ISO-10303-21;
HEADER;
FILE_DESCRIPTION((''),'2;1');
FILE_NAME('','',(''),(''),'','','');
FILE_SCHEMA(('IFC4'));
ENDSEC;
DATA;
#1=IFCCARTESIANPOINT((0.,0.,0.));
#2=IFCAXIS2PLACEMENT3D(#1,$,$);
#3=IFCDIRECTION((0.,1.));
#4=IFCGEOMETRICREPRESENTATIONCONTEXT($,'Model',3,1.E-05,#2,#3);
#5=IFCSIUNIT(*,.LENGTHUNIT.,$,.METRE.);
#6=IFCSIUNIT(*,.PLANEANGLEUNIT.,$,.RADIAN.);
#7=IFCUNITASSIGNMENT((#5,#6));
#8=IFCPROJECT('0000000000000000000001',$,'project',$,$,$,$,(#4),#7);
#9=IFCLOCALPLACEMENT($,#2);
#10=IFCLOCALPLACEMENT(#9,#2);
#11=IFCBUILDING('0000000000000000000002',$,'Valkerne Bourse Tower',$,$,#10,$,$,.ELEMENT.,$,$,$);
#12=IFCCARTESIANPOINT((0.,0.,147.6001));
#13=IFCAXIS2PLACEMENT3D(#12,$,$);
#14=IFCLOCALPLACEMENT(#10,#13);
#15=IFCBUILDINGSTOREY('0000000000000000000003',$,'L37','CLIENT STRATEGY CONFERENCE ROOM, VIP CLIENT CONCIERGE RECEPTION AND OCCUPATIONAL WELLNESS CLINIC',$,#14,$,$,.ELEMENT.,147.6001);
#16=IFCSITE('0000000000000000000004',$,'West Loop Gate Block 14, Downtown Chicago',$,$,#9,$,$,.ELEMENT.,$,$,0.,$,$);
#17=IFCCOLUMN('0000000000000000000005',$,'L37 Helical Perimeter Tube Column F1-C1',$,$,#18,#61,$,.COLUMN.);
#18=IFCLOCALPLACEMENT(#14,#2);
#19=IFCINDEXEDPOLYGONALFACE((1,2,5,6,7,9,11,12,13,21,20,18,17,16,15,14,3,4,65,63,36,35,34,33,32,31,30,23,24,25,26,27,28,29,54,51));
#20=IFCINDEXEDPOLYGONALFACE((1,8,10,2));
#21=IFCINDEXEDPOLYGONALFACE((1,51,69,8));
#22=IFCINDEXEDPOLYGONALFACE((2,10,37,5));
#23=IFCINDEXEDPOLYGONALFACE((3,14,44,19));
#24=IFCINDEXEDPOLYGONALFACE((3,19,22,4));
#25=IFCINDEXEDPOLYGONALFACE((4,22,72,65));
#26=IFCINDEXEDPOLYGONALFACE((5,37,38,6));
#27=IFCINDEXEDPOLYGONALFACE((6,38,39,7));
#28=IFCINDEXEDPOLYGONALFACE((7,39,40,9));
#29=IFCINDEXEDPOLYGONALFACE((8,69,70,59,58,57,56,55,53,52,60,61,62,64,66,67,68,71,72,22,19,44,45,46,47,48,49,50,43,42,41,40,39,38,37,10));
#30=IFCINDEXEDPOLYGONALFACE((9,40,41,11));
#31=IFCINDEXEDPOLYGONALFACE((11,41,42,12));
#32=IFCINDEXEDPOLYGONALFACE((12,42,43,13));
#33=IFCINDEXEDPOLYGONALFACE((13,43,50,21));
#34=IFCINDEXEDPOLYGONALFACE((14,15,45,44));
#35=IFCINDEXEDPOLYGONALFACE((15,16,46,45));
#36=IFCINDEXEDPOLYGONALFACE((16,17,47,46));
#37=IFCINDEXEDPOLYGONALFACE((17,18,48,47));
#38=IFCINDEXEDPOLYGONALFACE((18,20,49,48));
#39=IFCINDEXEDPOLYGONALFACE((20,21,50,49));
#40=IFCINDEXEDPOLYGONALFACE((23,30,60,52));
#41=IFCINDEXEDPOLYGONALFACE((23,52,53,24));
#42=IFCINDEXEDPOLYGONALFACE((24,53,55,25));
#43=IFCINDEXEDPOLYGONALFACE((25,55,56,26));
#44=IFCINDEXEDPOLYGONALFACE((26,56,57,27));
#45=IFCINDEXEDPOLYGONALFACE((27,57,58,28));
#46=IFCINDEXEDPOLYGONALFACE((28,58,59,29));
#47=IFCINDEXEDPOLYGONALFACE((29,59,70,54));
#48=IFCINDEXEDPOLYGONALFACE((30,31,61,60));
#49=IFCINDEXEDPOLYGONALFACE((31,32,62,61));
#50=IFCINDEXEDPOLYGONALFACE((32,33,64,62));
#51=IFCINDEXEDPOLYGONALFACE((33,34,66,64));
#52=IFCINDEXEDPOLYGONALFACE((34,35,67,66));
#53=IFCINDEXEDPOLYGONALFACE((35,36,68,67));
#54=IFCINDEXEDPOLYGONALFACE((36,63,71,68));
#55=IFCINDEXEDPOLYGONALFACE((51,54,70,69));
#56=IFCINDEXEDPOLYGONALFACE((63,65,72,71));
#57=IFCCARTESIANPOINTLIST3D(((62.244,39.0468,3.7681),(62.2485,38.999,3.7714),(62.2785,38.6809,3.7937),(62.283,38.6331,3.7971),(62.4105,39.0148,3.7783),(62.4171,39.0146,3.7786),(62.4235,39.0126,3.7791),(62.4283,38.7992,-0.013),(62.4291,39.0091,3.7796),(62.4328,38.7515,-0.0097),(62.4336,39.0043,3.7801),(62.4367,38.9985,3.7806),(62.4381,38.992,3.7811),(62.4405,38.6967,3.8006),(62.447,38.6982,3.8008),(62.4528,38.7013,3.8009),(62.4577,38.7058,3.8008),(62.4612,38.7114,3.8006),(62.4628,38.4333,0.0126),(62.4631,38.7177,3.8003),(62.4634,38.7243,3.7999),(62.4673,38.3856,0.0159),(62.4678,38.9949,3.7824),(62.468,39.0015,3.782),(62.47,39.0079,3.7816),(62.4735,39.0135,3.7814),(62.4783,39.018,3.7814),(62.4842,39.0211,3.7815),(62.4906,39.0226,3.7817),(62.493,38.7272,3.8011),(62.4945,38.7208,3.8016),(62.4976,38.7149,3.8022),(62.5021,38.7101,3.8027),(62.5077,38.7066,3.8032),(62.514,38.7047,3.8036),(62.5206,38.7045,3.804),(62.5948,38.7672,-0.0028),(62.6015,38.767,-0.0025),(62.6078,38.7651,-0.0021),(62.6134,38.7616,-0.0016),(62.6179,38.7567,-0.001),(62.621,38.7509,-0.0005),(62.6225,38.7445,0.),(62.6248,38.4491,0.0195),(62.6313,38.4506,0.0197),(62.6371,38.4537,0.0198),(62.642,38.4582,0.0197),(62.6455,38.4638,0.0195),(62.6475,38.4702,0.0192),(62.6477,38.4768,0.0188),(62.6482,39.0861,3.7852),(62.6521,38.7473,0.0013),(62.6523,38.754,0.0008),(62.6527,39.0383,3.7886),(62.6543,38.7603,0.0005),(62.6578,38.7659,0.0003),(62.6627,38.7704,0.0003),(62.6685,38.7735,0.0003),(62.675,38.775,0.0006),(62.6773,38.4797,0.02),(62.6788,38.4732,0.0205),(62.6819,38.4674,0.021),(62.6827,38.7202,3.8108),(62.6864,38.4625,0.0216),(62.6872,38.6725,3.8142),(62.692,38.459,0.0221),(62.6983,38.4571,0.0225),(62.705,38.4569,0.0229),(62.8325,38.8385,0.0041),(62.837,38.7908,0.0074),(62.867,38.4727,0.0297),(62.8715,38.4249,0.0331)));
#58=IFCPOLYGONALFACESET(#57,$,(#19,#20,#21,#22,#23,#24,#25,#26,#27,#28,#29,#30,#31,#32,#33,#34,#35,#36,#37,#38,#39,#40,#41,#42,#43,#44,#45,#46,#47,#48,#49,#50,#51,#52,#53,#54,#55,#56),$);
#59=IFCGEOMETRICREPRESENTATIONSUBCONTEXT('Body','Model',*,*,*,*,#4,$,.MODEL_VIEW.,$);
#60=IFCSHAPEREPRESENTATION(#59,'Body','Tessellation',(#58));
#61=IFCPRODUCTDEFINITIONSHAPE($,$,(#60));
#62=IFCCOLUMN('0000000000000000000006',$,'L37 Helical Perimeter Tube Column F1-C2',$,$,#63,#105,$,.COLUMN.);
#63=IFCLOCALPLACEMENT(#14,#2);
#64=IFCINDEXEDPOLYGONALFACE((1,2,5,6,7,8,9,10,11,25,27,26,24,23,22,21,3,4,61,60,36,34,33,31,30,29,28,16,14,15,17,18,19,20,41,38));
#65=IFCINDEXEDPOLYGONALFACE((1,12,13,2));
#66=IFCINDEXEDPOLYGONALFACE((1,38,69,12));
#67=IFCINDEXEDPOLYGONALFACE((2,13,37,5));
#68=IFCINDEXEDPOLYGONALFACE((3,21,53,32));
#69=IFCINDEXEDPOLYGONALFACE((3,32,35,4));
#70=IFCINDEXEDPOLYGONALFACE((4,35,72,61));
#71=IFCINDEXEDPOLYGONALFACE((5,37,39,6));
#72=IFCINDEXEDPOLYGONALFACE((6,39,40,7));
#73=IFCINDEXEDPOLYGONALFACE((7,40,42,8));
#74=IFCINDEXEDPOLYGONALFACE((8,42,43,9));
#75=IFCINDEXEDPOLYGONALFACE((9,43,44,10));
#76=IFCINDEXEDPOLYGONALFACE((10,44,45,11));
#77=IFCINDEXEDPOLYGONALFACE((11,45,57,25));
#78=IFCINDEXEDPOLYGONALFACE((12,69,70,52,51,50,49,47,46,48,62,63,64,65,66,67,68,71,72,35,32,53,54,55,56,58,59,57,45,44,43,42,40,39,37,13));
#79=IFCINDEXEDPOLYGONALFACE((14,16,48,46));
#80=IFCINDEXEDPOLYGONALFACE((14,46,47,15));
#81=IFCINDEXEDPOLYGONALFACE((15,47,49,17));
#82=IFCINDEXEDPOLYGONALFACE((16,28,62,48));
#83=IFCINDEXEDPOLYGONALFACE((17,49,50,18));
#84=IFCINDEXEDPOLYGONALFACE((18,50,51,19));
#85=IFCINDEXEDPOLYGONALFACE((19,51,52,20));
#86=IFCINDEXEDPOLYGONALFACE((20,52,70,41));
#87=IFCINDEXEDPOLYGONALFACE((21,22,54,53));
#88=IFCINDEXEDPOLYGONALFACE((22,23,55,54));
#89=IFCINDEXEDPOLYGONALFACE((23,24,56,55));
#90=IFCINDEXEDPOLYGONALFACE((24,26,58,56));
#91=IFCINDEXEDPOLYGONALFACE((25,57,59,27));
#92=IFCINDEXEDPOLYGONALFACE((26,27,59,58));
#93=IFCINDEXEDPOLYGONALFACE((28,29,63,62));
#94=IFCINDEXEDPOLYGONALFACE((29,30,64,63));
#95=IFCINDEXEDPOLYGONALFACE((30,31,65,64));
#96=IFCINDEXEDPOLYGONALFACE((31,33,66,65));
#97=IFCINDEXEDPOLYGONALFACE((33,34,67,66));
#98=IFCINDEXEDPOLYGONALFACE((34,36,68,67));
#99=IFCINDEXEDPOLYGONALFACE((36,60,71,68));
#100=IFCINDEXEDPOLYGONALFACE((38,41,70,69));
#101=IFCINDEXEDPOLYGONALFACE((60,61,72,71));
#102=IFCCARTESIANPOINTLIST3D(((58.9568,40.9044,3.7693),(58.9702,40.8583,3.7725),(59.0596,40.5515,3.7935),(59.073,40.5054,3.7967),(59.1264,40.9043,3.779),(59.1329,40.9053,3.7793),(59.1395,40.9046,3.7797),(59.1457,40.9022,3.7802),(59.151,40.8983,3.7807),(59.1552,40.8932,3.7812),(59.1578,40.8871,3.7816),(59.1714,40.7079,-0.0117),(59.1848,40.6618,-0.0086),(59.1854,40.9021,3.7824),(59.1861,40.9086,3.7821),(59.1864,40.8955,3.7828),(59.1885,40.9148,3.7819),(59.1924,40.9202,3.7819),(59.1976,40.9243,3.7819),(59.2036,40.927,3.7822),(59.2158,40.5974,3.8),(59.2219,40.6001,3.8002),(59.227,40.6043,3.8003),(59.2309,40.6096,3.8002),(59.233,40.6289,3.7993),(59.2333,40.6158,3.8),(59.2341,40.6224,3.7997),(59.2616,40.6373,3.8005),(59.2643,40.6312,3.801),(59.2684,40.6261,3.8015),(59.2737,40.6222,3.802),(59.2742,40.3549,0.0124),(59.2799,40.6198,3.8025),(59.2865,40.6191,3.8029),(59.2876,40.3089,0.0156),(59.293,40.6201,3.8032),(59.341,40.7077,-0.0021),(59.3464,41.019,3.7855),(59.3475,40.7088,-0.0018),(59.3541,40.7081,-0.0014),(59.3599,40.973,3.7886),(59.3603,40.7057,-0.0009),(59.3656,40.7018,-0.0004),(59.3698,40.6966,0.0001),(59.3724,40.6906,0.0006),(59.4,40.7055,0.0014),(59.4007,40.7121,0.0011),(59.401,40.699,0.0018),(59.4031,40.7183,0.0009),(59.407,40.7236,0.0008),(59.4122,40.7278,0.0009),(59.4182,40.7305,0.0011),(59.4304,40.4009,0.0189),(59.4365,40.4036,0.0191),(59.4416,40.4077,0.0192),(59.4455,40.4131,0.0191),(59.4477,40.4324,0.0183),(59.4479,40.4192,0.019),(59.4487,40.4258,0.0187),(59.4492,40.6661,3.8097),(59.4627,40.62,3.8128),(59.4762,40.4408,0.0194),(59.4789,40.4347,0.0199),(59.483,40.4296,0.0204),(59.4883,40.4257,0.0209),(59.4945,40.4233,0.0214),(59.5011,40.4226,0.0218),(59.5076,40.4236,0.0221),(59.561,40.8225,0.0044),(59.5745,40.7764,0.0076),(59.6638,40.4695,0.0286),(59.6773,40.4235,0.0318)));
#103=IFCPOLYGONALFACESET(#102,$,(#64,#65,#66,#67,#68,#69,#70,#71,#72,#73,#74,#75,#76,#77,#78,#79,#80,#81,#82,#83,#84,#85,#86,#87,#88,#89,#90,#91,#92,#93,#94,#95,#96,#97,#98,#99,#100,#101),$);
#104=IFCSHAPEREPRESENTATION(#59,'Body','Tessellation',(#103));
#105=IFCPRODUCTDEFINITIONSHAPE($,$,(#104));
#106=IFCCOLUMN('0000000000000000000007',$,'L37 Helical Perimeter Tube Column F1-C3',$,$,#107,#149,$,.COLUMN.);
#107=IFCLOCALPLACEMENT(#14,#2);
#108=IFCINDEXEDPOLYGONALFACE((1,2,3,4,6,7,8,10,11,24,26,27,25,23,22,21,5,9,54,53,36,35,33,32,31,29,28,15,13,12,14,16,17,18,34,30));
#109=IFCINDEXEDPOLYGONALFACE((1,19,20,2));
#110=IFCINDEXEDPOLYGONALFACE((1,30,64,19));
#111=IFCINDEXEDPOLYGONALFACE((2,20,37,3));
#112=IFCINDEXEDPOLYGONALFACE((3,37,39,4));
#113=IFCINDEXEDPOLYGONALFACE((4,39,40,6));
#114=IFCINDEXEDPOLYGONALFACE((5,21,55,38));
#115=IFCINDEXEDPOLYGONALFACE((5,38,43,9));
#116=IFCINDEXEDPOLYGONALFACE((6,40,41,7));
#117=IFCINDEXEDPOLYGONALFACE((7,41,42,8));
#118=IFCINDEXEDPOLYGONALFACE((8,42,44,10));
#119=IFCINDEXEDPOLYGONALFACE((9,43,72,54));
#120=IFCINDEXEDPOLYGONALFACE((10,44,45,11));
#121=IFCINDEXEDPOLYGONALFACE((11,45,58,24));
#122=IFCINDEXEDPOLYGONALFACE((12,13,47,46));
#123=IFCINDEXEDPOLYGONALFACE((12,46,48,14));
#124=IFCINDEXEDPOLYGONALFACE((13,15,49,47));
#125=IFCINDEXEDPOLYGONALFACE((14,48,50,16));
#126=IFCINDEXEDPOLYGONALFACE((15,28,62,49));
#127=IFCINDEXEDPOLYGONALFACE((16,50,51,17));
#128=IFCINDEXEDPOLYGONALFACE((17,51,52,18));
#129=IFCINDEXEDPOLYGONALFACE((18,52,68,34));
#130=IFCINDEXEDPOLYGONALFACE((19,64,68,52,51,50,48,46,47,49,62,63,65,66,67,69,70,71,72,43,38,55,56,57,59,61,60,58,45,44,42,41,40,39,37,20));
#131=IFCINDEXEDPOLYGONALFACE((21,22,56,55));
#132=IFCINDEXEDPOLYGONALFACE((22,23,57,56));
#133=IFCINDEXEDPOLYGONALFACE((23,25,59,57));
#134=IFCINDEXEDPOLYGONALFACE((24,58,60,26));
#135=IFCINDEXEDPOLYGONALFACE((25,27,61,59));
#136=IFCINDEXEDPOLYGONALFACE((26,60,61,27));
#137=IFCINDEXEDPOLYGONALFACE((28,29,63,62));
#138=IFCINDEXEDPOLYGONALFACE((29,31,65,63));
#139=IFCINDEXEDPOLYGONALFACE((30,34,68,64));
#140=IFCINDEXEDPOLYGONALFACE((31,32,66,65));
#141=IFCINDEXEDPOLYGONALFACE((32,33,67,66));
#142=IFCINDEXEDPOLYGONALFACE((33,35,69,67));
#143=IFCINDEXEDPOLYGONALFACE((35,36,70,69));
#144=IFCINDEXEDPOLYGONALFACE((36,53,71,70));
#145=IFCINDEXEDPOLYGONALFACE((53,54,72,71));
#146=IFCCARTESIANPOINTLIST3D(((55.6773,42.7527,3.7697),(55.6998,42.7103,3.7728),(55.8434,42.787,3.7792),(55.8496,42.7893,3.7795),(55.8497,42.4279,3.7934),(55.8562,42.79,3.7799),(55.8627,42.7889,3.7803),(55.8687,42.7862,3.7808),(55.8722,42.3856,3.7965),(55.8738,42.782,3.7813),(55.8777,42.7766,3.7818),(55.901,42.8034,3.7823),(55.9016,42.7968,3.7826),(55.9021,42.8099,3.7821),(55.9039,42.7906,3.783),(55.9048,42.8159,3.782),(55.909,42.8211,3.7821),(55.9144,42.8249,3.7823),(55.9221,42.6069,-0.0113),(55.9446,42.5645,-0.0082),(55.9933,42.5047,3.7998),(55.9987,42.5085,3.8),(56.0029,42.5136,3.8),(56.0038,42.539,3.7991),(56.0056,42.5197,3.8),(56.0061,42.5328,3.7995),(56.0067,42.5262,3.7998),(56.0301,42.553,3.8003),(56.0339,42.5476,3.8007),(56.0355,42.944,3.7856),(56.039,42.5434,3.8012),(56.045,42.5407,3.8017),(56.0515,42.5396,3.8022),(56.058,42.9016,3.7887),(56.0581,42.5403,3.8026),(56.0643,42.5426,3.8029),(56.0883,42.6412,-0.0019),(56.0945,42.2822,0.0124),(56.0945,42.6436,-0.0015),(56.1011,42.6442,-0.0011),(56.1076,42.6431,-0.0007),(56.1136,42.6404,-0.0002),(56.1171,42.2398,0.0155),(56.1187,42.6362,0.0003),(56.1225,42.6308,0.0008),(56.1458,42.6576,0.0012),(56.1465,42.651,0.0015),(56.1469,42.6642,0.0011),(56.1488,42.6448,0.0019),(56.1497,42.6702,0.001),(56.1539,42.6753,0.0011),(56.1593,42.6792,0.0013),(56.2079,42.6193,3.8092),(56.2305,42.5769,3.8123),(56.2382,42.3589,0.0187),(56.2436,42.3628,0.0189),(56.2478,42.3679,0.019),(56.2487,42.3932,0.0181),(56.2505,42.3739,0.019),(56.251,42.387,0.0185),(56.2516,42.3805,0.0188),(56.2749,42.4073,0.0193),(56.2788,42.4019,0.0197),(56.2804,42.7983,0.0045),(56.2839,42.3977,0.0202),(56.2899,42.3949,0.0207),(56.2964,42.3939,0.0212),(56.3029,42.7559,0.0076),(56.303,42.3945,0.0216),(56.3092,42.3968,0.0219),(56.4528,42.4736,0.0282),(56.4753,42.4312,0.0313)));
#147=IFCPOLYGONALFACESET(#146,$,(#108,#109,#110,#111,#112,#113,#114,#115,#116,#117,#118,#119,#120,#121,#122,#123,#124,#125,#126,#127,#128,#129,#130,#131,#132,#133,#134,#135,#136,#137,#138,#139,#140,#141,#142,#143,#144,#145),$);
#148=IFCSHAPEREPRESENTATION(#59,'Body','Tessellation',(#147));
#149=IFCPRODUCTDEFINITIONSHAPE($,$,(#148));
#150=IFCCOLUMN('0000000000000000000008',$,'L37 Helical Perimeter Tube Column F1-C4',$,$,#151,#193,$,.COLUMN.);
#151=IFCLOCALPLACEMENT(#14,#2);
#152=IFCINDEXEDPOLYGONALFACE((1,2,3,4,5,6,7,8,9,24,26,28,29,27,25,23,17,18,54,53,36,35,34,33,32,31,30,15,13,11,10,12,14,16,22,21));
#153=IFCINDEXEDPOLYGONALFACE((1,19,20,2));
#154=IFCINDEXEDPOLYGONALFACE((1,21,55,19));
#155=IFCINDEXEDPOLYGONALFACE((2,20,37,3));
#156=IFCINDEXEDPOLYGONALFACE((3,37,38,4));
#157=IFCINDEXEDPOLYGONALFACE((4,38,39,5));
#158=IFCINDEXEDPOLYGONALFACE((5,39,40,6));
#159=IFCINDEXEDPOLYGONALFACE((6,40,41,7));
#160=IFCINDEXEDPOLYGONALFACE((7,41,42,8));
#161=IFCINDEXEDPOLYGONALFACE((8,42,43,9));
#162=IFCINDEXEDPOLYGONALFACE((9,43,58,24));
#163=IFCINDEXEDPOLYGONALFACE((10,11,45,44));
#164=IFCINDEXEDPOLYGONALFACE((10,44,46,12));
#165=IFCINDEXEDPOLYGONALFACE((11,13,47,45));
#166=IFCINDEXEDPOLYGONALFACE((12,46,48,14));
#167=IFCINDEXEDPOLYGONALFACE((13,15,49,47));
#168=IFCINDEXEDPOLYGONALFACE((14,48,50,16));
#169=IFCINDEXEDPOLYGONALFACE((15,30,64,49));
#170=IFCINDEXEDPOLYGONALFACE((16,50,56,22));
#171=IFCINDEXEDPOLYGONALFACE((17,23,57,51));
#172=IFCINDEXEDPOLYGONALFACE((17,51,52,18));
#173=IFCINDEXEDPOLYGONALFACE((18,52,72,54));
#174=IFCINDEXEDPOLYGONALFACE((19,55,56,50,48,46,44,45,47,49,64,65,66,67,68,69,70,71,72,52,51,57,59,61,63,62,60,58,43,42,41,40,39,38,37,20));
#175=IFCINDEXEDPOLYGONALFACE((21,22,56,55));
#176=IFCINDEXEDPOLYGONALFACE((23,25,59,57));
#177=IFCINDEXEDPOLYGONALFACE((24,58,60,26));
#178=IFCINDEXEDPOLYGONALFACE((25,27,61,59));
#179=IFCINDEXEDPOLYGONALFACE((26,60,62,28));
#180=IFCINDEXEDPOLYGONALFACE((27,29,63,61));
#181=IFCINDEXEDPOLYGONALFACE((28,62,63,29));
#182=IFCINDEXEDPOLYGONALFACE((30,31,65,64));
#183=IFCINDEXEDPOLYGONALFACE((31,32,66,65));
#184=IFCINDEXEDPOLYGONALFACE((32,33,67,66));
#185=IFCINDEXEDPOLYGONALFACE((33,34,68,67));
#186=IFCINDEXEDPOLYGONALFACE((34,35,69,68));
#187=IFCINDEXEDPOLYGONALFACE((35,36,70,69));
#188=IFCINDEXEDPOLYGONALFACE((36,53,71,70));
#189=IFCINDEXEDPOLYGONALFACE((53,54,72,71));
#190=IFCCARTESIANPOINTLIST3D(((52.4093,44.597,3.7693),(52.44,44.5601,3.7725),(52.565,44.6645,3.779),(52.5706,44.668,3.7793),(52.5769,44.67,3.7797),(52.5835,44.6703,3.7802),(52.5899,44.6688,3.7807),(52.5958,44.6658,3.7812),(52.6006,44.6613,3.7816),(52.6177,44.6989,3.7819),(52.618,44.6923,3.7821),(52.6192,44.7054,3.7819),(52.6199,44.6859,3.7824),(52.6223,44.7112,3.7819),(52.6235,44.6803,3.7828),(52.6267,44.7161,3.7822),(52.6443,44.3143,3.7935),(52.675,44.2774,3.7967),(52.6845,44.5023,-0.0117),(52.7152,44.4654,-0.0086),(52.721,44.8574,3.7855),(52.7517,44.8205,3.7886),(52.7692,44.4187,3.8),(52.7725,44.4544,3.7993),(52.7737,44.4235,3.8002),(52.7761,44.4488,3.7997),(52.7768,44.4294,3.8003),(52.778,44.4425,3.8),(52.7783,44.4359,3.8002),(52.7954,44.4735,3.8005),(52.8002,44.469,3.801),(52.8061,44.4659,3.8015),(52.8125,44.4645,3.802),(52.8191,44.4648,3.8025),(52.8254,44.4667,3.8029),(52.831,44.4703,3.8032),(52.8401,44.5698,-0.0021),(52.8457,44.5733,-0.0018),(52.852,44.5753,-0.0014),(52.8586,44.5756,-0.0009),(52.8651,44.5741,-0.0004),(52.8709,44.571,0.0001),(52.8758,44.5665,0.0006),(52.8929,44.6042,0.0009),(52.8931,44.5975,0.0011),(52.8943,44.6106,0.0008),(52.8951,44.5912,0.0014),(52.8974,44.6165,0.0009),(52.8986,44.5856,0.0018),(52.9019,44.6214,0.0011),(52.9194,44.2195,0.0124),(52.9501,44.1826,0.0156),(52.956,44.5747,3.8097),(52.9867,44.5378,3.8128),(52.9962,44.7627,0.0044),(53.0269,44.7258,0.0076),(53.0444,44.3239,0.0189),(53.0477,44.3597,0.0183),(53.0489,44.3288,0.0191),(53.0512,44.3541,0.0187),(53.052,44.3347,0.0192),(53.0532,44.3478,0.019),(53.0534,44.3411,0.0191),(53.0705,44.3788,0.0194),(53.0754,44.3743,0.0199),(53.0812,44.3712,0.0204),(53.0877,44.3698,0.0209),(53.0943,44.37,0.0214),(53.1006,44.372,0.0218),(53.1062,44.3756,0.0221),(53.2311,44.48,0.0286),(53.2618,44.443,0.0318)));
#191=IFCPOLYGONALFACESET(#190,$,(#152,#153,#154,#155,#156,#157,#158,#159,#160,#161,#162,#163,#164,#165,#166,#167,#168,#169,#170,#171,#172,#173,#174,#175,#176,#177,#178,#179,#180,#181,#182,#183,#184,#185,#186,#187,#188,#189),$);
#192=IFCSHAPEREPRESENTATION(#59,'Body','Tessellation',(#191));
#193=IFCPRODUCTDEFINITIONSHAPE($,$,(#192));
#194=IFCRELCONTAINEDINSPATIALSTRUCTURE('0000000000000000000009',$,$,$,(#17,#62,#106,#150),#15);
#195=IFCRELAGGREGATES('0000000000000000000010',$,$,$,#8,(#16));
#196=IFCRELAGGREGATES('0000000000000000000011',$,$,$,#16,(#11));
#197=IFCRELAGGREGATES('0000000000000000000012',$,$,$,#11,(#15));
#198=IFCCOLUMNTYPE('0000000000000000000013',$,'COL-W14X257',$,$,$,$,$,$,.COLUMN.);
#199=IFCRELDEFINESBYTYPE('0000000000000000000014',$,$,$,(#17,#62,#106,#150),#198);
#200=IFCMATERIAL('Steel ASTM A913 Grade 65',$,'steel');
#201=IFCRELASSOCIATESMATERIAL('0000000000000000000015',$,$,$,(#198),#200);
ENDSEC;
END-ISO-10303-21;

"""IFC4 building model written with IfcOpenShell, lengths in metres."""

from ifc_helpers import new_model, si_unit, direction, frame, origin, origin_2d, place, context, subcontext, project, spatial, i_section, extrude, material, material_profile, profile_set, type_object, element, save


model = new_model("IFC4")

# Units and contexts
model_context = context("Model", 3, precision=1e-05, world=origin(), true_north=direction((0.0, 1.0)))
body_context = subcontext(model_context, "Body", "Model", "MODEL_VIEW")
ifc_project = project(units=[si_unit("LENGTHUNIT", "METRE"), si_unit("PLANEANGLEUNIT", "RADIAN")], contexts=[model_context])

# Site, building, storey
site_placement = place(None, origin())
site = spatial("IfcSite", under=ifc_project, at=site_placement, Name="West Loop Gate Block 14, Downtown Chicago", CompositionType="ELEMENT", RefElevation=0.0)
building_placement = place(site_placement, origin())
building = spatial("IfcBuilding", under=site, at=building_placement, Name="Valkerne Bourse Tower", CompositionType="ELEMENT")
storey_placement = place(building_placement, frame((0.0, 0.0, 147.6001)))
storey = spatial("IfcBuildingStorey", under=building, at=storey_placement, Name="L37", Description="CLIENT STRATEGY CONFERENCE ROOM, VIP CLIENT CONCIERGE RECEPTION AND OCCUPATIONAL WELLNESS CLINIC", CompositionType="ELEMENT", Elevation=147.6001)

# Columns
ifc_material_1 = material(Name="Steel ASTM A913 Grade 65", Category="steel")
ifc_material_profile_1 = material_profile(ifc_material_1, i_section(OverallWidth=0.4065, OverallDepth=0.4165, WebThickness=0.0298, FlangeThickness=0.0481, FilletRadius=0.0254, at=origin_2d()), Name="W14X257")
ifc_profile_set_1 = profile_set([ifc_material_profile_1], Name="Steel ASTM A913 Grade 65")
column_type = type_object("IfcColumnType", Name="COL-W14X257", PredefinedType="COLUMN", material=ifc_profile_set_1)
column_1_placement = place(storey_placement, frame((62.6499, 38.6121, 0.01), z_axis=(-0.048589, 0.065257, 0.996685), x_axis=(0.99442, 0.09671, 0.042146)))
element("IfcColumn", 1, at=column_1_placement, inside=storey, type_object=column_type, Name="L37 Helical Perimeter Tube Column F1-C1", PredefinedType="COLUMN", context=body_context, shape_type="SweptSolid", body=[
    extrude(i_section(OverallWidth=0.4065, OverallDepth=0.4165, WebThickness=0.0298, FlangeThickness=0.0481, FilletRadius=0.0254, at=origin_2d()), origin(), (0.0, 0.0, 1.0), 3.7937),
])
column_2_placement = place(storey_placement, frame((59.4243, 40.5657, 0.01), z_axis=(-0.05659, 0.051826, 0.997051), x_axis=(0.9586, 0.281968, 0.039751)))
element("IfcColumn", 2, at=column_2_placement, inside=storey, type_object=column_type, Name="L37 Helical Perimeter Tube Column F1-C2", PredefinedType="COLUMN", context=body_context, shape_type="SweptSolid", body=[
    extrude(i_section(OverallWidth=0.4065, OverallDepth=0.4165, WebThickness=0.0298, FlangeThickness=0.0481, FilletRadius=0.0254, at=origin_2d()), origin(), (0.0, 0.0, 1.0), 3.7922),
])
column_3_placement = place(storey_placement, frame((56.1987, 42.519, 0.01), z_axis=(-0.064581, 0.038439, 0.997172), x_axis=(0.881375, 0.470811, 0.038932)))
element("IfcColumn", 3, at=column_3_placement, inside=storey, type_object=column_type, Name="L37 Helical Perimeter Tube Column F1-C3", PredefinedType="COLUMN", context=body_context, shape_type="SweptSolid", body=[
    extrude(i_section(OverallWidth=0.4065, OverallDepth=0.4165, WebThickness=0.0298, FlangeThickness=0.0481, FilletRadius=0.0254, at=origin_2d()), origin(), (0.0, 0.0, 1.0), 3.7917),
])
column_4_placement = place(storey_placement, frame((52.9731, 44.4727, 0.01), z_axis=(-0.072556, 0.024979, 0.997051), x_axis=(0.76681, 0.640642, 0.039751)))
element("IfcColumn", 4, at=column_4_placement, inside=storey, type_object=column_type, Name="L37 Helical Perimeter Tube Column F1-C4", PredefinedType="COLUMN", context=body_context, shape_type="SweptSolid", body=[
    extrude(i_section(OverallWidth=0.4065, OverallDepth=0.4165, WebThickness=0.0298, FlangeThickness=0.0481, FilletRadius=0.0254, at=origin_2d()), origin(), (0.0, 0.0, 1.0), 3.7922),
])

save(model, "model.ifc")
